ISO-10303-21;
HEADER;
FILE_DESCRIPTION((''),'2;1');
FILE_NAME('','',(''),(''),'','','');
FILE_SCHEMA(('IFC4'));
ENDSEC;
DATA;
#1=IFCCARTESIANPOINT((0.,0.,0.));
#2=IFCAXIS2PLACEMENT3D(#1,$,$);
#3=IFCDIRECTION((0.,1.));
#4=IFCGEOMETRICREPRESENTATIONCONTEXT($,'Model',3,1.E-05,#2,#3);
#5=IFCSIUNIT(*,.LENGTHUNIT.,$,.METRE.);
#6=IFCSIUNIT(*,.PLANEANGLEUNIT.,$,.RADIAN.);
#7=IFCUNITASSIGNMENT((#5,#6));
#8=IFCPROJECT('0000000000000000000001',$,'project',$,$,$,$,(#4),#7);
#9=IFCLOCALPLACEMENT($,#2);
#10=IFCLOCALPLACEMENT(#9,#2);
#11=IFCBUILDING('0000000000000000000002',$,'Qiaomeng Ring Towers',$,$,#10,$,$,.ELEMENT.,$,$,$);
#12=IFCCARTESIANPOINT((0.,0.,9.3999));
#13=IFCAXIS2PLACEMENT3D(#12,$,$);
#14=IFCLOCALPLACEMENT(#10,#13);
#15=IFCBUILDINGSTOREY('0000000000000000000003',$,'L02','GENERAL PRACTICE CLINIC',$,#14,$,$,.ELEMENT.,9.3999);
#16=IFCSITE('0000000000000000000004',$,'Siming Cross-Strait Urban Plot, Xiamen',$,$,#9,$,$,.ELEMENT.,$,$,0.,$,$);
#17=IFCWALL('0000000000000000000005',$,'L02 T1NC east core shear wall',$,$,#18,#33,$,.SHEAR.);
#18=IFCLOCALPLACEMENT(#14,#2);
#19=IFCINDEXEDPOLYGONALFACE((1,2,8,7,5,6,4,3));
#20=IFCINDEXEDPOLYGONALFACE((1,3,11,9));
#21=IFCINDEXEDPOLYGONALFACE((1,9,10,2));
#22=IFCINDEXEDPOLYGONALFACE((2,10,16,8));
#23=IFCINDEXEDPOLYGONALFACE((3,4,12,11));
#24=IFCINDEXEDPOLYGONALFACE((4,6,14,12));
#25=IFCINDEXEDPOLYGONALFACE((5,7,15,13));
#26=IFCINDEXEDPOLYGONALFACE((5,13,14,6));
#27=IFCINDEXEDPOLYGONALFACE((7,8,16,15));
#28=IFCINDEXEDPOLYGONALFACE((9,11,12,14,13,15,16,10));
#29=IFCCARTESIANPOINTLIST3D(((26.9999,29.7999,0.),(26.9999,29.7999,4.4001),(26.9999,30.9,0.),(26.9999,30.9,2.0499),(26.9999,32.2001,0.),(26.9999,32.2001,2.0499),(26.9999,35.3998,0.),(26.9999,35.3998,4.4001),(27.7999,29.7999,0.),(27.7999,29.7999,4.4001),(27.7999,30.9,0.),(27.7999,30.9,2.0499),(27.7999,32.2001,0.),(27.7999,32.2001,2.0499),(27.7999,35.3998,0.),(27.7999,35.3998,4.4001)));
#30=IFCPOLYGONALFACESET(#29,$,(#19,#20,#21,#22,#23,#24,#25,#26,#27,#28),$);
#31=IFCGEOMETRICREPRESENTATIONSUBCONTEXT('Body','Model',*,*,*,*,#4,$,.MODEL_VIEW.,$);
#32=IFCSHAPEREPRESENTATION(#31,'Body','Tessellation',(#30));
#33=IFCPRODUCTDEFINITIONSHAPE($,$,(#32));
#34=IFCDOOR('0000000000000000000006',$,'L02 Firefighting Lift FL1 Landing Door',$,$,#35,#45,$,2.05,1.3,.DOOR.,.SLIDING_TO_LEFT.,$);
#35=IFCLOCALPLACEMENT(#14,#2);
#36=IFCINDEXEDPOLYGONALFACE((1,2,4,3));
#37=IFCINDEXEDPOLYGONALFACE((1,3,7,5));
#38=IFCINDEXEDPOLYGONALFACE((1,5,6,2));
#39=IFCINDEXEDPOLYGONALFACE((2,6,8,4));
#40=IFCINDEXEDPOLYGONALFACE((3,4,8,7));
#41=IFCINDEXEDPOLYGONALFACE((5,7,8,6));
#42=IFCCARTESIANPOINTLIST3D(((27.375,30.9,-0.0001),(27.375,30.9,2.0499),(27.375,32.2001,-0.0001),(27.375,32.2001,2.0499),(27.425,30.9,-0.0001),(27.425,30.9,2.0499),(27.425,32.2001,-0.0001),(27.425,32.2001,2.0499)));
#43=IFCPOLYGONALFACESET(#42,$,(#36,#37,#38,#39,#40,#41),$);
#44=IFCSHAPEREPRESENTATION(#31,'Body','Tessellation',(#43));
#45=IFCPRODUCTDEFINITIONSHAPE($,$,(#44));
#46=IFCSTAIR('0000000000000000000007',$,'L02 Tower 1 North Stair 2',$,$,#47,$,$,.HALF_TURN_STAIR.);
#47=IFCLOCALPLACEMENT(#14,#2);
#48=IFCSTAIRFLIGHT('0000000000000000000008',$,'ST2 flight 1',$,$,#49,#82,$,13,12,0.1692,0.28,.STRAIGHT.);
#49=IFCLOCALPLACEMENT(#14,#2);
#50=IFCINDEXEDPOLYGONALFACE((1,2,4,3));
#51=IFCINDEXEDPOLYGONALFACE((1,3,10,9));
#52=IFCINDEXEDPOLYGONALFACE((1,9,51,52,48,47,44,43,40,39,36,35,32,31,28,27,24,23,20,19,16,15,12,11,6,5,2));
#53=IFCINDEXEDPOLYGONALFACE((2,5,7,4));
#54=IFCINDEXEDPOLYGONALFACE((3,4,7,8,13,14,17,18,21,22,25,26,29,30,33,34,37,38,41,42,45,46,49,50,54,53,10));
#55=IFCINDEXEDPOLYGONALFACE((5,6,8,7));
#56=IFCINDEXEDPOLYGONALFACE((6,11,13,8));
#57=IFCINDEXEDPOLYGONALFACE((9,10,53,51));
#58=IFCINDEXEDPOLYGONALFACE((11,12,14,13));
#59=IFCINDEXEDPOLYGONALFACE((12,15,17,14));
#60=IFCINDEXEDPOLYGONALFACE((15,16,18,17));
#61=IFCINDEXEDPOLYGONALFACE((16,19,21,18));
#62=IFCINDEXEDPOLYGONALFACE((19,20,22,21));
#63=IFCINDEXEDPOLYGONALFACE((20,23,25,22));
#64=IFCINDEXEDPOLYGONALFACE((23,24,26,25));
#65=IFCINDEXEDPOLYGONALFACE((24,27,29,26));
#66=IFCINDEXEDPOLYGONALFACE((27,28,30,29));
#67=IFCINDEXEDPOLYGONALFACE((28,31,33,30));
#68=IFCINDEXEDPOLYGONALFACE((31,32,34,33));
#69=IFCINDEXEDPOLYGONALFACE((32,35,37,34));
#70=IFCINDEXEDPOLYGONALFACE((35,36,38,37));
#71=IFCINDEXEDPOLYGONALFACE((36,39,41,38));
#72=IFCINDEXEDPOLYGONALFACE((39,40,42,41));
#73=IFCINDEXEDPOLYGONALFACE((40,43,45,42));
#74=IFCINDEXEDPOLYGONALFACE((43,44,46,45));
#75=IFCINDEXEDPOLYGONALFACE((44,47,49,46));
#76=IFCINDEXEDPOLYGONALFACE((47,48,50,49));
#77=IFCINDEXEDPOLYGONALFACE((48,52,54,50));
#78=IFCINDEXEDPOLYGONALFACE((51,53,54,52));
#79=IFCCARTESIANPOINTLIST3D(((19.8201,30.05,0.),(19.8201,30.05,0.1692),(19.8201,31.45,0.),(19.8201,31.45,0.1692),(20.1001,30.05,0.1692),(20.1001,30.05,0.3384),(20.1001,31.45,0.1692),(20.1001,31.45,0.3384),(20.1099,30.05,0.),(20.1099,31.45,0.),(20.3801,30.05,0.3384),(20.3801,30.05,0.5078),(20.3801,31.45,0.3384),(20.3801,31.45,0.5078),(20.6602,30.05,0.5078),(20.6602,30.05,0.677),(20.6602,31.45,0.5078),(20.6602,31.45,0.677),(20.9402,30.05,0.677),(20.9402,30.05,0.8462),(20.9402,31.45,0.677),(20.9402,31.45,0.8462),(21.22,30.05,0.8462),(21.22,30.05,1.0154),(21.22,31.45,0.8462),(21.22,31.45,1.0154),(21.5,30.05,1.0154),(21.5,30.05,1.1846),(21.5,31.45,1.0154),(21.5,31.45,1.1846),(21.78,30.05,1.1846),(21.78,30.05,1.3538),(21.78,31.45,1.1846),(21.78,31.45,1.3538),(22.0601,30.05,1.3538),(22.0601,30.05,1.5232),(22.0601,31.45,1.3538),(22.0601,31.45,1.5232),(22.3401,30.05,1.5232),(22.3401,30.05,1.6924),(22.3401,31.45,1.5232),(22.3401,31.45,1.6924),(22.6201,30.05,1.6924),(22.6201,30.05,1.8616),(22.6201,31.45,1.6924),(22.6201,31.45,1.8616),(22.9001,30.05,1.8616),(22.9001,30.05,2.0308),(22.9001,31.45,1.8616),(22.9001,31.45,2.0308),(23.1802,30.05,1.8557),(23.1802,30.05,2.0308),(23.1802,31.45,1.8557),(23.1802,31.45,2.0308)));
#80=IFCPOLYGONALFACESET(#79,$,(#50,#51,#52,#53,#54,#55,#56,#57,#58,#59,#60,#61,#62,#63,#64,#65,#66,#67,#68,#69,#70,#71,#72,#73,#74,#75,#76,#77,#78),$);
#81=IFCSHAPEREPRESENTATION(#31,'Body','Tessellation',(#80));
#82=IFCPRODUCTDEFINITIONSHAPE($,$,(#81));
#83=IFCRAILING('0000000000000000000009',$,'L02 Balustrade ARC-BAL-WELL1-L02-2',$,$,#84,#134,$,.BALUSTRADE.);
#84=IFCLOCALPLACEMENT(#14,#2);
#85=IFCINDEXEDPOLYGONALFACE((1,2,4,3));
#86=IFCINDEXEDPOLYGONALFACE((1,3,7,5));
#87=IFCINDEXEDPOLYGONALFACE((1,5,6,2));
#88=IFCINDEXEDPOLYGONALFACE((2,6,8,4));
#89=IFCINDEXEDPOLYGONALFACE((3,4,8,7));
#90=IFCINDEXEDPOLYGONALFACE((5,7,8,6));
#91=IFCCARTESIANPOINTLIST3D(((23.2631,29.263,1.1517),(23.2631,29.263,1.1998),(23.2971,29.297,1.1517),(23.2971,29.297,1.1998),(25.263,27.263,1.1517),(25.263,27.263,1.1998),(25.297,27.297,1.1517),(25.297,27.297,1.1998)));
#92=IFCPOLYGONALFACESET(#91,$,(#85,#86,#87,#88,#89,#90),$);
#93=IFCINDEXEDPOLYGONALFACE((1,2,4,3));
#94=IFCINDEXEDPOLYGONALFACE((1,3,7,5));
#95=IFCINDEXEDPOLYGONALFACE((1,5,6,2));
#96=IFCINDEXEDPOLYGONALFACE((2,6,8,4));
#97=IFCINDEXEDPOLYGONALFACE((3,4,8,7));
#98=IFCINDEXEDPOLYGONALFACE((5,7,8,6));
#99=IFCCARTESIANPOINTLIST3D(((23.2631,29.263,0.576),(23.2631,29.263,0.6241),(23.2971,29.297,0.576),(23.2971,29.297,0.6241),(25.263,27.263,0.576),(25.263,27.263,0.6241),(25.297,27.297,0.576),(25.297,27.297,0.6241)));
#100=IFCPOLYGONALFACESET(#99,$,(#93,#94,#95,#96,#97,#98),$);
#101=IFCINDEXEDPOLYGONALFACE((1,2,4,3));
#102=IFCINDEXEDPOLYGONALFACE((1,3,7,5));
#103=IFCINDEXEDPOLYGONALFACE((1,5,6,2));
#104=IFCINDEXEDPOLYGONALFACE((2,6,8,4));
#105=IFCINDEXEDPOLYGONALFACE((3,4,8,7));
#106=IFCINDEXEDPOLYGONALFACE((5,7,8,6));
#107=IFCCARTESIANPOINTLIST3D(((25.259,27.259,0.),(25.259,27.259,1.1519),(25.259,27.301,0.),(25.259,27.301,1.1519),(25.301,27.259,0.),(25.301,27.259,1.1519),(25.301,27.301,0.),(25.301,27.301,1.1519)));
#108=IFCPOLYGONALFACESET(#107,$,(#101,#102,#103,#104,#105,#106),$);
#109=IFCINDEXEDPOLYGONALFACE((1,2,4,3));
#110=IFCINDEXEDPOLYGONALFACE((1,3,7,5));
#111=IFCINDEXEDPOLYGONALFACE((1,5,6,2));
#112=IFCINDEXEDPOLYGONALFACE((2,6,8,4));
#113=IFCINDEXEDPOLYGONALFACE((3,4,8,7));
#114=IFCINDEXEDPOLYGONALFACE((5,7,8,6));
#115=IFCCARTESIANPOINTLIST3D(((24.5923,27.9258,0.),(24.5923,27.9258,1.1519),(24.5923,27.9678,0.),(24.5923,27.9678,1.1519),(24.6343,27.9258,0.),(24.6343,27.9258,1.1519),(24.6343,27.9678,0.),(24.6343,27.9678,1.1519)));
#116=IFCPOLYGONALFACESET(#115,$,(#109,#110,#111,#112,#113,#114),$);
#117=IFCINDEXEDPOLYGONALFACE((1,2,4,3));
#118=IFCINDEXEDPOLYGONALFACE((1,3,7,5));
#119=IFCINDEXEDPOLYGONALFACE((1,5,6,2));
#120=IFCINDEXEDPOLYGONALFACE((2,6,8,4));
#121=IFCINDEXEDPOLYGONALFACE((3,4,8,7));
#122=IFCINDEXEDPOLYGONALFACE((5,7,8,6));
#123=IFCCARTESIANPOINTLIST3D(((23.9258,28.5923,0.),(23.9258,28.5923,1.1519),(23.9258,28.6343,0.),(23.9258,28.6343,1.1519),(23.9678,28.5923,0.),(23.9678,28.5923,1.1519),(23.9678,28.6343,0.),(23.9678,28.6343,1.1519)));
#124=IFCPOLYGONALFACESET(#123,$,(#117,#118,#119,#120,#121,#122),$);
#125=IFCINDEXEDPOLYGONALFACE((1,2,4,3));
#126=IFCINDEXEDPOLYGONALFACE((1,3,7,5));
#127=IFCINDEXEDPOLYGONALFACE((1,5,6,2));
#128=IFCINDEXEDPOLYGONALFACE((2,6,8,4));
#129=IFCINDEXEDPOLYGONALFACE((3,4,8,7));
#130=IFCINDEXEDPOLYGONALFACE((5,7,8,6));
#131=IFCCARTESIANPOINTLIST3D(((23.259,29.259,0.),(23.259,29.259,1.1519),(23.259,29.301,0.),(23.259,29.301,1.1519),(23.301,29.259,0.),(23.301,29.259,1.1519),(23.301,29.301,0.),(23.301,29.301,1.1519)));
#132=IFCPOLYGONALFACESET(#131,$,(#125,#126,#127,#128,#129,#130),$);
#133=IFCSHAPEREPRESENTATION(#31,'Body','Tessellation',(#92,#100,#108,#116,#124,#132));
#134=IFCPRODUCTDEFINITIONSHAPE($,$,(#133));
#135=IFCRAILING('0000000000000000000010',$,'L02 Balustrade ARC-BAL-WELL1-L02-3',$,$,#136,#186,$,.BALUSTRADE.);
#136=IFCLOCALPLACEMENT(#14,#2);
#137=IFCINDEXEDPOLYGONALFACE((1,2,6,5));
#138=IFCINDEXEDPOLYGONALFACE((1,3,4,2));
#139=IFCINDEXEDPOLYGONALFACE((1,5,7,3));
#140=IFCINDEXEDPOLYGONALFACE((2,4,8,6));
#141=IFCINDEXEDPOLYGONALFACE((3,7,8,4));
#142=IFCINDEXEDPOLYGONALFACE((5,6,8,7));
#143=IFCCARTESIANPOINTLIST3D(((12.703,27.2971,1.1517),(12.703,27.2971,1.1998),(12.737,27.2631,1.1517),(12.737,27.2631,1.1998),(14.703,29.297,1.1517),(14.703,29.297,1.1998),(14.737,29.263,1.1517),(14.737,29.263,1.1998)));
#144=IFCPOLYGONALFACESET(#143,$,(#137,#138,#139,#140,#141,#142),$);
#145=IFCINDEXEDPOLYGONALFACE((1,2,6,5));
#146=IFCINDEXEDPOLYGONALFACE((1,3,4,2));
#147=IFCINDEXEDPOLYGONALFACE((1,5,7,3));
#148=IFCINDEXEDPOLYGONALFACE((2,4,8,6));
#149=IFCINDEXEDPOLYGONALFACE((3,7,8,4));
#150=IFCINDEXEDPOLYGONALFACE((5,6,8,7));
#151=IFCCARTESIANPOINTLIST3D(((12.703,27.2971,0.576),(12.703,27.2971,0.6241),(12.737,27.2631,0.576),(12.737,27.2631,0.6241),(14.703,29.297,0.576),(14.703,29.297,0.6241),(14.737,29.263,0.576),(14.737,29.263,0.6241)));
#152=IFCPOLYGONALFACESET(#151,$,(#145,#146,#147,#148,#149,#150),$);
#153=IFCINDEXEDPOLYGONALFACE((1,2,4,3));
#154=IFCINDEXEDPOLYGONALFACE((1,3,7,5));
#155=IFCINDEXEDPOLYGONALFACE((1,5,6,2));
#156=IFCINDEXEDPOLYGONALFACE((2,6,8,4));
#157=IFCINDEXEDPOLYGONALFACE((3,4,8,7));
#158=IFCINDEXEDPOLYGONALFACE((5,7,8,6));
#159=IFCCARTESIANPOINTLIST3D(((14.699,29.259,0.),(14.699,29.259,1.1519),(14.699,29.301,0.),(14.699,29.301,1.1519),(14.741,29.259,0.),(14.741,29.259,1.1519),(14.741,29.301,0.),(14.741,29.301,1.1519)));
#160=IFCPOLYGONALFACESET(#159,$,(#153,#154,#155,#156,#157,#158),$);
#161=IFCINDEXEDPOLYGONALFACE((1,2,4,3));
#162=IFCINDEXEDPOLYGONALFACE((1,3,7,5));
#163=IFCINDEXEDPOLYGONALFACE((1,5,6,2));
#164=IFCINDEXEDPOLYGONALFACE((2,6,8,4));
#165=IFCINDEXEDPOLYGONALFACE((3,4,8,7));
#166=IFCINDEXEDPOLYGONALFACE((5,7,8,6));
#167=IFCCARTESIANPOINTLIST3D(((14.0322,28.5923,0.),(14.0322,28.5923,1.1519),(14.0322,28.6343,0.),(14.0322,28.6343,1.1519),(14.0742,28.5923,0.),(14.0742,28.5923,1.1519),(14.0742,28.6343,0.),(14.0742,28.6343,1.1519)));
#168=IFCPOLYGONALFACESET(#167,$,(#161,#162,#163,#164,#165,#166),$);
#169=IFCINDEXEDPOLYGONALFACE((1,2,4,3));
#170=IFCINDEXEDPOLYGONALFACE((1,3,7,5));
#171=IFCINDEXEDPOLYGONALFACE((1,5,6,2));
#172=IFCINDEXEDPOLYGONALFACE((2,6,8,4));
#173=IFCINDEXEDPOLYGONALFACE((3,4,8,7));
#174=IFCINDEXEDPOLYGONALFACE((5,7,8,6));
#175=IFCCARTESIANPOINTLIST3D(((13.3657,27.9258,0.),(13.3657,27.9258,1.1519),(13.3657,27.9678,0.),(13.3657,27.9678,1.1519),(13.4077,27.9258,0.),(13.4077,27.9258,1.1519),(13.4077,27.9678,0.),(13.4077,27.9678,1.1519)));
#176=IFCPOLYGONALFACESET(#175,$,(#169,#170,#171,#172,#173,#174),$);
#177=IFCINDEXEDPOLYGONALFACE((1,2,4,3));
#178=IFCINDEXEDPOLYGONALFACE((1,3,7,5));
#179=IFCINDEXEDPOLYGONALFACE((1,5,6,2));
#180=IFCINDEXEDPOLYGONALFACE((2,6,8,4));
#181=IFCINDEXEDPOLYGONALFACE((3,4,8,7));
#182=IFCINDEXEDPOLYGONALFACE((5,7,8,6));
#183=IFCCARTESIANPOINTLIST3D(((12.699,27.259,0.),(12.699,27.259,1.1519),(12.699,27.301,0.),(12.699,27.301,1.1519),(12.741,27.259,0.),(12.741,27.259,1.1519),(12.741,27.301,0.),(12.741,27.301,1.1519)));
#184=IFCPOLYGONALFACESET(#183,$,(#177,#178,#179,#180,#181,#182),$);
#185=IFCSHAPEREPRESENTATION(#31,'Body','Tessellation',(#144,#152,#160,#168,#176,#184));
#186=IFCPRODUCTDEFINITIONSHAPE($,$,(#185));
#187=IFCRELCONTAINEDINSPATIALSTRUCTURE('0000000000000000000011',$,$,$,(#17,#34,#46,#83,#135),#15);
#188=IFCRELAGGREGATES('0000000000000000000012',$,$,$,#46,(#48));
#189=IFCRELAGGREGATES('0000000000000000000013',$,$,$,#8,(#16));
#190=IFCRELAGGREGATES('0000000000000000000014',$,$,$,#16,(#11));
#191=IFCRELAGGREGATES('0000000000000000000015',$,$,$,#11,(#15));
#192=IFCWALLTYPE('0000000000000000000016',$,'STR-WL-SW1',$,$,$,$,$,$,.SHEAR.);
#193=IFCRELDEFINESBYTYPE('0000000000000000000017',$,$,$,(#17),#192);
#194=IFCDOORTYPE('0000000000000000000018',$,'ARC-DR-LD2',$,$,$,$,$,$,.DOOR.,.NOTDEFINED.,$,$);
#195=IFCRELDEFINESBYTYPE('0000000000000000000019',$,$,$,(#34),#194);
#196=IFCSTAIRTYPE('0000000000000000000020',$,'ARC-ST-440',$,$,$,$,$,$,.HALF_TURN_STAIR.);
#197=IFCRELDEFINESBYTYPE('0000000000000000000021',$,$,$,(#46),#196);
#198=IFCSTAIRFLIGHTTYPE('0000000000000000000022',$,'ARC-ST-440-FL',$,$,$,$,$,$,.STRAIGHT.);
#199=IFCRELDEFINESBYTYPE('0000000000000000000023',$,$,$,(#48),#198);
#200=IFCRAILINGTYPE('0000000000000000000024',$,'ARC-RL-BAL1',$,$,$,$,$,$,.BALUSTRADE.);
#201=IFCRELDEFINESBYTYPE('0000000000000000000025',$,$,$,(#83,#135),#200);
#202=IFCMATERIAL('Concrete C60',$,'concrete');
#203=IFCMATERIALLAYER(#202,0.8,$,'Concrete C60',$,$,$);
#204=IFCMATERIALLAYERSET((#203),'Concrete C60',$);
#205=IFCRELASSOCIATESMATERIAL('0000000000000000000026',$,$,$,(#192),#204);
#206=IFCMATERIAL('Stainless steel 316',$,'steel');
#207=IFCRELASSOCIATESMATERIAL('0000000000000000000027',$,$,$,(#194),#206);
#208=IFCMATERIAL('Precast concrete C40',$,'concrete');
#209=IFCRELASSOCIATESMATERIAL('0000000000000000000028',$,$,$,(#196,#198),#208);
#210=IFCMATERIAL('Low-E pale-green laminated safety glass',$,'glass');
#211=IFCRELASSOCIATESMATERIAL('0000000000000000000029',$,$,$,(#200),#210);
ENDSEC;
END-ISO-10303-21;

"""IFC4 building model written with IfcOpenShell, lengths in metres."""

from ifc_helpers import new_model, si_unit, direction, frame, frame_2d, origin, origin_2d, place, context, subcontext, project, spatial, polyline, rectangle, outline, extrude, source, transform, mapped, material, layer, layer_set, type_object, element, fill, aggregate, save


model = new_model("IFC4")

# Units and contexts
model_context = context("Model", 3, precision=1e-05, world=origin(), true_north=direction((0.0, 1.0)))
body_context = subcontext(model_context, "Body", "Model", "MODEL_VIEW")
ifc_project = project(units=[si_unit("LENGTHUNIT", "METRE"), si_unit("PLANEANGLEUNIT", "RADIAN")], contexts=[model_context])

# Site, building, storey
site_placement = place(None, origin())
site = spatial("IfcSite", under=ifc_project, at=site_placement, Name="Siming Cross-Strait Urban Plot, Xiamen", CompositionType="ELEMENT", RefElevation=0.0)
building_placement = place(site_placement, origin())
building = spatial("IfcBuilding", under=site, at=building_placement, Name="Qiaomeng Ring Towers", CompositionType="ELEMENT")
storey_placement = place(building_placement, frame((0.0, 0.0, 9.3999)))
storey = spatial("IfcBuildingStorey", under=building, at=storey_placement, Name="L02", Description="GENERAL PRACTICE CLINIC", CompositionType="ELEMENT", Elevation=9.3999)

# Wall, opening, door
ifc_material_1 = material(Name="Concrete C60", Category="concrete")
ifc_layer_1 = layer(ifc_material_1, 0.8, Name="Concrete C60")
ifc_layer_set_1 = layer_set([ifc_layer_1], Name="Concrete C60")
wall_type_1 = type_object("IfcWallType", Name="STR-WL-SW1", PredefinedType="SHEAR", material=ifc_layer_set_1)
wall_1_placement = place(storey_placement, frame((27.3999, 29.8, 0.0), z_axis=(0.0, 0.0, 1.0), x_axis=(0.0, 1.0, 0.0)))
wall_1 = element("IfcWall", 1, at=wall_1_placement, inside=storey, type_object=wall_type_1, Name="L02 T1NC east core shear wall", PredefinedType="SHEAR", context=body_context, shape_type="SweptSolid", body=[
    extrude(rectangle(XDim=5.5999, YDim=0.8, at=frame_2d((2.7998, 0.0))), origin(), (0.0, 0.0, 1.0), 4.4001),
])
opening_1_placement = place(wall_1_placement, frame((1.1001, 0.0, 0.0)))
opening_1 = element("IfcOpeningElement", 2, at=opening_1_placement, cuts=wall_1, PredefinedType="OPENING", context=body_context, shape_type="SweptSolid", body=[
    extrude(rectangle(XDim=1.3, YDim=2.05, at=frame_2d((0.6499, 1.0249))), frame((0.0, 0.4099, 0.0), z_axis=(0.0, -1.0, 0.0), x_axis=(1.0, 0.0, 0.0)), (0.0, 0.0, 1.0), 0.8201),
])
ifc_material_2 = material(Name="Stainless steel 316", Category="steel")
door_type_1 = type_object("IfcDoorType", Name="ARC-DR-LD2", OperationType="NOTDEFINED", PredefinedType="DOOR", material=ifc_material_2)
shared_shape_1 = source(origin(), body_context, "Body", "SweptSolid", [
    extrude(rectangle(XDim=1.3, YDim=2.05, at=frame_2d((0.6499, 1.0249))), frame((0.0, 0.0249, 0.0), z_axis=(0.0, -1.0, 0.0), x_axis=(1.0, 0.0, 0.0)), (0.0, 0.0, 1.0), 0.05),
])
door_1_placement = place(opening_1_placement, origin())
door_1 = element("IfcDoor", 3, at=door_1_placement, inside=storey, type_object=door_type_1, Name="L02 Firefighting Lift FL1 Landing Door", OperationType="SLIDING_TO_LEFT", OverallHeight=2.05, OverallWidth=1.3, PredefinedType="DOOR", context=body_context, shape_type="MappedRepresentation", body=[
    mapped(shared_shape_1, transform((0.0, 0.0, 0.0), x_axis=(1.0, 0.0, 0.0), y_axis=(0.0, 1.0, 0.0), z_axis=(0.0, 0.0, 1.0), scale=1.0)),
])
fill(opening_1, door_1)

# Stair, stair flight
ifc_material_3 = material(Name="Precast concrete C40", Category="concrete")
stair_type = type_object("IfcStairType", Name="ARC-ST-440", PredefinedType="HALF_TURN_STAIR", material=ifc_material_3)
stair_placement = place(storey_placement, origin())
stair = element("IfcStair", 4, at=stair_placement, inside=storey, type_object=stair_type, Name="L02 Tower 1 North Stair 2", PredefinedType="HALF_TURN_STAIR")
stair_flight_type = type_object("IfcStairFlightType", Name="ARC-ST-440-FL", PredefinedType="STRAIGHT", material=ifc_material_3)
shared_shape_2 = source(origin(), body_context, "Body", "SweptSolid", [
    extrude(outline(polyline([(0.0, 0.0), (0.0, 0.1692), (0.28, 0.1692), (0.28, 0.3384), (0.5601, 0.3384), (0.5601, 0.5078), (0.8401, 0.5078), (0.8401, 0.677), (1.1201, 0.677), (1.1201, 0.8462), (1.3999, 0.8462), (1.3999, 1.0154), (1.6799, 1.0154), (1.6799, 1.1846), (1.96, 1.1846), (1.96, 1.3538), (2.24, 1.3538), (2.24, 1.5232), (2.52, 1.5232), (2.52, 1.6924), (2.8, 1.6924), (2.8, 1.8616), (3.0801, 1.8616), (3.0801, 2.0308), (3.3601, 2.0308), (3.3601, 2.2), (3.3601, 1.8557), (0.2898, 0.0), (0.0, 0.0)])), frame((0.0, 0.7, 0.0), z_axis=(0.0, -1.0, 0.0), x_axis=(1.0, 0.0, 0.0)), (0.0, 0.0, 1.0), 1.3999),
])
stair_flight_placement = place(storey_placement, frame((19.8201, 30.75, 0.0), z_axis=(0.0, 0.0, 1.0), x_axis=(1.0, 0.0, 0.0)))
stair_flight = element("IfcStairFlight", 5, at=stair_flight_placement, type_object=stair_flight_type, Name="ST2 flight 1", NumberOfRisers=13, NumberOfTreads=12, PredefinedType="STRAIGHT", RiserHeight=0.1692, TreadLength=0.28, context=body_context, shape_type="MappedRepresentation", body=[
    mapped(shared_shape_2, transform((0.0, 0.0, 0.0), x_axis=(1.0, 0.0, 0.0), y_axis=(0.0, 1.0, 0.0), z_axis=(0.0, 0.0, 1.0), scale=1.0)),
])
aggregate(stair, [stair_flight])

# Railings
ifc_material_4 = material(Name="Low-E pale-green laminated safety glass", Category="glass")
railing_type_1 = type_object("IfcRailingType", Name="ARC-RL-BAL1", PredefinedType="BALUSTRADE", material=ifc_material_4)
railing_1_placement = place(storey_placement, frame((25.28, 27.28, 0.0)))
element("IfcRailing", 6, at=railing_1_placement, inside=storey, type_object=railing_type_1, Name="L02 Balustrade ARC-BAL-WELL1-L02-2", PredefinedType="BALUSTRADE", context=body_context, shape_type="SweptSolid", body=[
    extrude(rectangle(XDim=0.0481, YDim=0.0481, at=origin_2d()), frame((0.0, 0.0, 1.1758), z_axis=(-0.707107, 0.707107, 0.0), x_axis=(-0.707107, -0.707107, 0.0)), (0.0, 0.0, 1.0), 2.8284),
    extrude(rectangle(XDim=0.0481, YDim=0.0481, at=origin_2d()), frame((0.0, 0.0, 0.6001), z_axis=(-0.707107, 0.707107, 0.0), x_axis=(-0.707107, -0.707107, 0.0)), (0.0, 0.0, 1.0), 2.8284),
    extrude(rectangle(XDim=0.042, YDim=0.042, at=origin_2d()), origin(), (0.0, 0.0, 1.0), 1.1519),
    extrude(rectangle(XDim=0.042, YDim=0.042, at=origin_2d()), frame((-0.6667, 0.6667, 0.0)), (0.0, 0.0, 1.0), 1.1519),
    extrude(rectangle(XDim=0.042, YDim=0.042, at=origin_2d()), frame((-1.3333, 1.3333, 0.0)), (0.0, 0.0, 1.0), 1.1519),
    extrude(rectangle(XDim=0.042, YDim=0.042, at=origin_2d()), frame((-2.0, 2.0, 0.0)), (0.0, 0.0, 1.0), 1.1519),
])
railing_2_placement = place(storey_placement, frame((14.72, 29.28, 0.0)))
element("IfcRailing", 7, at=railing_2_placement, inside=storey, type_object=railing_type_1, Name="L02 Balustrade ARC-BAL-WELL1-L02-3", PredefinedType="BALUSTRADE", context=body_context, shape_type="SweptSolid", body=[
    extrude(rectangle(XDim=0.0481, YDim=0.0481, at=origin_2d()), frame((0.0, 0.0, 1.1758), z_axis=(-0.707107, -0.707107, 0.0), x_axis=(0.707107, -0.707107, 0.0)), (0.0, 0.0, 1.0), 2.8284),
    extrude(rectangle(XDim=0.0481, YDim=0.0481, at=origin_2d()), frame((0.0, 0.0, 0.6001), z_axis=(-0.707107, -0.707107, 0.0), x_axis=(0.707107, -0.707107, 0.0)), (0.0, 0.0, 1.0), 2.8284),
    extrude(rectangle(XDim=0.042, YDim=0.042, at=origin_2d()), origin(), (0.0, 0.0, 1.0), 1.1519),
    extrude(rectangle(XDim=0.042, YDim=0.042, at=origin_2d()), frame((-0.6667, -0.6667, 0.0)), (0.0, 0.0, 1.0), 1.1519),
    extrude(rectangle(XDim=0.042, YDim=0.042, at=origin_2d()), frame((-1.3333, -1.3333, 0.0)), (0.0, 0.0, 1.0), 1.1519),
    extrude(rectangle(XDim=0.042, YDim=0.042, at=origin_2d()), frame((-2.0, -2.0, 0.0)), (0.0, 0.0, 1.0), 1.1519),
])

save(model, "model.ifc")
